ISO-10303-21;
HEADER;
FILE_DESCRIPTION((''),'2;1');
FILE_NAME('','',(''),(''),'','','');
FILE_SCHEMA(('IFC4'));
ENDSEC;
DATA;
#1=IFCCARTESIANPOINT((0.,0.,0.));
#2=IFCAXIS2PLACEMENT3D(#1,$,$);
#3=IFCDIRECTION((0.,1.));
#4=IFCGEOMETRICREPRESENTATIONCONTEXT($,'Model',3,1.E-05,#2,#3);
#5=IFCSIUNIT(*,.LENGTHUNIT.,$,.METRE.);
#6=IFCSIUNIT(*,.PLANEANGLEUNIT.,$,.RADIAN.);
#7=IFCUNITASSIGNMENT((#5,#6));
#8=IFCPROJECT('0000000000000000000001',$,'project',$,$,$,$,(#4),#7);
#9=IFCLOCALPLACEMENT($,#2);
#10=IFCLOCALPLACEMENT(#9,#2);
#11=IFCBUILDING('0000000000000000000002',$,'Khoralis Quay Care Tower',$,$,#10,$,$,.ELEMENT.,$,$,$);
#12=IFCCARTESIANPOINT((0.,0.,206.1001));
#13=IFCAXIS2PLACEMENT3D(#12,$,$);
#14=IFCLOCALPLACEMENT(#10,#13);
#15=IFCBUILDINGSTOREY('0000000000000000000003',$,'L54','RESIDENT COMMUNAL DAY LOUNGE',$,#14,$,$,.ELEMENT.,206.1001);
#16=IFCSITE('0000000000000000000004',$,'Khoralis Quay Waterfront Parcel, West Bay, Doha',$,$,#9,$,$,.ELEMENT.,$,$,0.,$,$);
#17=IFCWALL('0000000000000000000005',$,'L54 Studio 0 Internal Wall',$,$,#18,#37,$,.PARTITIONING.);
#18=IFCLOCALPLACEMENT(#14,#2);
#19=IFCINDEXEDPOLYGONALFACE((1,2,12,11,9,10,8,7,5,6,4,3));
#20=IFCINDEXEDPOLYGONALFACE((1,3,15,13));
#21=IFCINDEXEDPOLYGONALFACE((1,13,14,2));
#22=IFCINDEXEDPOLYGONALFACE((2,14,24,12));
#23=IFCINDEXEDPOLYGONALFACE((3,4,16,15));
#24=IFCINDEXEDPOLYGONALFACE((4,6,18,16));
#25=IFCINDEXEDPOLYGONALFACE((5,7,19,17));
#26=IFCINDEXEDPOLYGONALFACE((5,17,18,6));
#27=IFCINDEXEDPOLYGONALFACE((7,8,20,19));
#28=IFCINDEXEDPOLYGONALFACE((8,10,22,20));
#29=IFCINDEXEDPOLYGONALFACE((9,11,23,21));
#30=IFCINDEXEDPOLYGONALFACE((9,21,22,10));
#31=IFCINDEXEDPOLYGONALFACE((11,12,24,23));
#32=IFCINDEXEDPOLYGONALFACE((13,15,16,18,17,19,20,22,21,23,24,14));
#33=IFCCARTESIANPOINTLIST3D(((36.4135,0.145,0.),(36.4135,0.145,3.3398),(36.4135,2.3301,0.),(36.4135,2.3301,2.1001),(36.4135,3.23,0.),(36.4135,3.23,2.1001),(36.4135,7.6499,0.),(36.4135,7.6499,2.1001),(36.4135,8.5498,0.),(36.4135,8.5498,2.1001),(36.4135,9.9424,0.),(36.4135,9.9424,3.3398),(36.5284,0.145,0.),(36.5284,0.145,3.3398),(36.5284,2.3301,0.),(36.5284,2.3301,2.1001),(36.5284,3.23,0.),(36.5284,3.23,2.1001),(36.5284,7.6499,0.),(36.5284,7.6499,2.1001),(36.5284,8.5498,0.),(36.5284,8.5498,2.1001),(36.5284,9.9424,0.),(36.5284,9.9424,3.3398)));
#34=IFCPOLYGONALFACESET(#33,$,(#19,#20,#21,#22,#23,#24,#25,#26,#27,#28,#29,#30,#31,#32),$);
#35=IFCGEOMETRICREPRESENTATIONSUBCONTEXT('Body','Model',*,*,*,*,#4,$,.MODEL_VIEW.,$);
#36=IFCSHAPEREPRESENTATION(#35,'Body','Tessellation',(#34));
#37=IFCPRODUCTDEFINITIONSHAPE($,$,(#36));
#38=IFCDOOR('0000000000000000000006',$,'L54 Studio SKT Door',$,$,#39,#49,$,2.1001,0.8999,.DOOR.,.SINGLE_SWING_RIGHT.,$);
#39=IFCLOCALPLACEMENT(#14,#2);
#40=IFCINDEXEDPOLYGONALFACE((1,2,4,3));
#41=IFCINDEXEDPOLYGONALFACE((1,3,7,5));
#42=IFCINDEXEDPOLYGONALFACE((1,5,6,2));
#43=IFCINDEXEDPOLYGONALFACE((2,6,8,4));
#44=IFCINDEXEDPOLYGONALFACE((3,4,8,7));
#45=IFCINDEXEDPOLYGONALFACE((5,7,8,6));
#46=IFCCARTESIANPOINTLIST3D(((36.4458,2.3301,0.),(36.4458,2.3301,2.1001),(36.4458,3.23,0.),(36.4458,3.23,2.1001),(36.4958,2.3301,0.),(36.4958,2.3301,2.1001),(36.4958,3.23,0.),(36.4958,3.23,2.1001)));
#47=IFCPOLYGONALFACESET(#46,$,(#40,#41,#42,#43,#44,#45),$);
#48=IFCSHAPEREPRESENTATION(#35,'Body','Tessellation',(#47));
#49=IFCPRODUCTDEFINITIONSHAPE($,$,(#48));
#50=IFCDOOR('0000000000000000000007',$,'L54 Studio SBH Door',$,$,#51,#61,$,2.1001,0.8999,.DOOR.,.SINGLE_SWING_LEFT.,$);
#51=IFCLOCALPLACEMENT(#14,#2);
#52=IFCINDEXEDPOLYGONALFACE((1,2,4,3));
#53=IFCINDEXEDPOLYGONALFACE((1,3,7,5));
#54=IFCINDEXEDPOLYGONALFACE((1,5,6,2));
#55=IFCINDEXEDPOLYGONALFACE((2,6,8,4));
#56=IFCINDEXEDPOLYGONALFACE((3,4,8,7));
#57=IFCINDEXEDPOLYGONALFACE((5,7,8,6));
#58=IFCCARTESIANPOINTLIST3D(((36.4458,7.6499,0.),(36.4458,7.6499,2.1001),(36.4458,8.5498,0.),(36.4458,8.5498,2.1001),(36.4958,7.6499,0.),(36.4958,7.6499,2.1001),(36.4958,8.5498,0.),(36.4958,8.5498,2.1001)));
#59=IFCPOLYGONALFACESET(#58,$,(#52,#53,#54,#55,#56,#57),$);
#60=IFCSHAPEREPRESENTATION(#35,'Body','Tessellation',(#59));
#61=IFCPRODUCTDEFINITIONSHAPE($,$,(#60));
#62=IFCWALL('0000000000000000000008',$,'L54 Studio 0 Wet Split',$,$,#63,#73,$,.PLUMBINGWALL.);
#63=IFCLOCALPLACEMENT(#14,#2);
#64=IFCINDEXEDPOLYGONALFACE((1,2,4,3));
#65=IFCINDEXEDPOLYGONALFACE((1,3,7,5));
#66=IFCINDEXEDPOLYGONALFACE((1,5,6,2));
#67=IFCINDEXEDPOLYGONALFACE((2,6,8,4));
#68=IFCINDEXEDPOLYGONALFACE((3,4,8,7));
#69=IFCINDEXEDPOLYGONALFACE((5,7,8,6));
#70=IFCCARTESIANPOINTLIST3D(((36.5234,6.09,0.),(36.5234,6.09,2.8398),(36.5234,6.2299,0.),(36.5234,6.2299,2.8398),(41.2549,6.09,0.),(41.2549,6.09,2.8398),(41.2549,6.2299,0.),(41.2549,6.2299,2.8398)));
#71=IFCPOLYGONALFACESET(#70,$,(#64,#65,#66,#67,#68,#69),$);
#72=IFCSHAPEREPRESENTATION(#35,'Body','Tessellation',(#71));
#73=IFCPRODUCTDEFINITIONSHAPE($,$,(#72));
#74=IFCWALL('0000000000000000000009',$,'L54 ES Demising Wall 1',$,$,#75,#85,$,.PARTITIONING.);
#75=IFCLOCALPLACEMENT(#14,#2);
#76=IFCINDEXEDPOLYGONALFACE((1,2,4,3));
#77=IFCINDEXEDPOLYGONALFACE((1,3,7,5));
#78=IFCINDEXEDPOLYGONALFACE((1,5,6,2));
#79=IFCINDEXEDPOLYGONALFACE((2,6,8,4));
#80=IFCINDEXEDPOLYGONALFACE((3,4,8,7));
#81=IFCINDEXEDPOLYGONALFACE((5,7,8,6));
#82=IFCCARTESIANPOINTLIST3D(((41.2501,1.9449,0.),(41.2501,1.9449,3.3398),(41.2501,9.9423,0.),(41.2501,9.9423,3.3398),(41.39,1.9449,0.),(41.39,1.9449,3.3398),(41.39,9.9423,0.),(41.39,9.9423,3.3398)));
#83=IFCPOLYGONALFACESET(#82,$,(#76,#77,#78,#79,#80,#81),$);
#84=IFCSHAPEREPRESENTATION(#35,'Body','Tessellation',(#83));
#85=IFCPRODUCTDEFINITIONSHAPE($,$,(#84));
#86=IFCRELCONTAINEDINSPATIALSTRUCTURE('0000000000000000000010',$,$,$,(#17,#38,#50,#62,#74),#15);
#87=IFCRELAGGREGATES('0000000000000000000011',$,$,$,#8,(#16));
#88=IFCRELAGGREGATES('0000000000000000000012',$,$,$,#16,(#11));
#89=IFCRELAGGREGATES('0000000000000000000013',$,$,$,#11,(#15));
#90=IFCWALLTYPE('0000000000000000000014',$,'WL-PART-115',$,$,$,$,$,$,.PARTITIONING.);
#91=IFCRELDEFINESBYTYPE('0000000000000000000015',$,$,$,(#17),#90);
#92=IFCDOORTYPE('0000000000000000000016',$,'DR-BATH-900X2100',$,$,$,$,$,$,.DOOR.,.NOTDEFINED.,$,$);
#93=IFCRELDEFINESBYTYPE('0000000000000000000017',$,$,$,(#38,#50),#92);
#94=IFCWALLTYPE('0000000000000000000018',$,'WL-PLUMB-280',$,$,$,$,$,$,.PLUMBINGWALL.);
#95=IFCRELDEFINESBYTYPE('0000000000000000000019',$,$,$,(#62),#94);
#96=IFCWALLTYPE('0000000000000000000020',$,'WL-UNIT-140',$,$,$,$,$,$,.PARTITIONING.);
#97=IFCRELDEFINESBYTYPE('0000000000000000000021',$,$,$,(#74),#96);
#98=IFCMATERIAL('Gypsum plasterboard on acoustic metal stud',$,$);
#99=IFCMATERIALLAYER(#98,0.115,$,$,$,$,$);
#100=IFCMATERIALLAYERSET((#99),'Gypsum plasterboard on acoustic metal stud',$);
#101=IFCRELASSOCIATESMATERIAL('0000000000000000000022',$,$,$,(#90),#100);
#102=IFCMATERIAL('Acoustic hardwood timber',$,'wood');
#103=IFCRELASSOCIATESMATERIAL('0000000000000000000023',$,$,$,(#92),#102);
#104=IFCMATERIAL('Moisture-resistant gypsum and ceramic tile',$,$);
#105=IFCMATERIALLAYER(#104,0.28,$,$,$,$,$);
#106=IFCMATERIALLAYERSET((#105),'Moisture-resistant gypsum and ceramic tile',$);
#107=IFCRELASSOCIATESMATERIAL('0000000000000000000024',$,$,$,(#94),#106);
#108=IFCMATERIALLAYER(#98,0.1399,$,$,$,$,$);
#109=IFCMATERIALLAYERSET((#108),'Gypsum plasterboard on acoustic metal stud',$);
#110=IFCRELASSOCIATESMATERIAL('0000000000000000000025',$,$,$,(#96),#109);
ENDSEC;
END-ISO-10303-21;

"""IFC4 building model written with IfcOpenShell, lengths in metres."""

from ifc_helpers import new_model, si_unit, direction, frame, frame_2d, origin, place, context, subcontext, project, spatial, rectangle, extrude, source, transform, mapped, material, layer, layer_set, type_object, element, fill, save


model = new_model("IFC4")

# Units and contexts
model_context = context("Model", 3, precision=1e-05, world=origin(), true_north=direction((0.0, 1.0)))
body_context = subcontext(model_context, "Body", "Model", "MODEL_VIEW")
ifc_project = project(units=[si_unit("LENGTHUNIT", "METRE"), si_unit("PLANEANGLEUNIT", "RADIAN")], contexts=[model_context])

# Site, building, storey
site_placement = place(None, origin())
site = spatial("IfcSite", under=ifc_project, at=site_placement, Name="Khoralis Quay Waterfront Parcel, West Bay, Doha", CompositionType="ELEMENT", RefElevation=0.0)
building_placement = place(site_placement, origin())
building = spatial("IfcBuilding", under=site, at=building_placement, Name="Khoralis Quay Care Tower", CompositionType="ELEMENT")
storey_placement = place(building_placement, frame((0.0, 0.0, 206.1001)))
storey = spatial("IfcBuildingStorey", under=building, at=storey_placement, Name="L54", Description="RESIDENT COMMUNAL DAY LOUNGE", CompositionType="ELEMENT", Elevation=206.1001)

# Shared definitions
ifc_material_1 = material(Name="Gypsum plasterboard on acoustic metal stud")

# Wall, openings, doors
ifc_layer_1 = layer(ifc_material_1, 0.115)
ifc_layer_set_1 = layer_set([ifc_layer_1], Name="Gypsum plasterboard on acoustic metal stud")
wall_type_1 = type_object("IfcWallType", Name="WL-PART-115", PredefinedType="PARTITIONING", material=ifc_layer_set_1)
wall_1_placement = place(storey_placement, frame((36.4709, 0.145, 0.0), z_axis=(0.0, 0.0, 1.0), x_axis=(0.0, 1.0, 0.0)))
wall_1 = element("IfcWall", 1, at=wall_1_placement, inside=storey, type_object=wall_type_1, Name="L54 Studio 0 Internal Wall", PredefinedType="PARTITIONING", context=body_context, shape_type="SweptSolid", body=[
    extrude(rectangle(XDim=9.7974, YDim=0.115, at=frame_2d((4.8987, 0.0))), origin(), (0.0, 0.0, 1.0), 3.3398),
])
opening_1_placement = place(wall_1_placement, frame((2.1851, 0.0, 0.0)))
opening_1 = element("IfcOpeningElement", 2, at=opening_1_placement, cuts=wall_1, PredefinedType="OPENING", context=body_context, shape_type="SweptSolid", body=[
    extrude(rectangle(XDim=0.8999, YDim=2.1001, at=frame_2d((0.45, 1.05))), frame((0.0, 0.0674, 0.0), z_axis=(0.0, -1.0, 0.0), x_axis=(1.0, 0.0, 0.0)), (0.0, 0.0, 1.0), 0.135),
])
opening_2_placement = place(wall_1_placement, frame((7.5049, 0.0, 0.0)))
opening_2 = element("IfcOpeningElement", 3, at=opening_2_placement, cuts=wall_1, PredefinedType="OPENING", context=body_context, shape_type="SweptSolid", body=[
    extrude(rectangle(XDim=0.8999, YDim=2.1001, at=frame_2d((0.45, 1.05))), frame((0.0, 0.0674, 0.0), z_axis=(0.0, -1.0, 0.0), x_axis=(1.0, 0.0, 0.0)), (0.0, 0.0, 1.0), 0.135),
])
ifc_material_2 = material(Name="Acoustic hardwood timber", Category="wood")
door_type_1 = type_object("IfcDoorType", Name="DR-BATH-900X2100", OperationType="NOTDEFINED", PredefinedType="DOOR", material=ifc_material_2)
shared_shape_1 = source(origin(), body_context, "Body", "SweptSolid", [
    extrude(rectangle(XDim=0.8999, YDim=2.1001, at=frame_2d((0.45, 1.05))), frame((0.0, 0.0249, 0.0), z_axis=(0.0, -1.0, 0.0), x_axis=(1.0, 0.0, 0.0)), (0.0, 0.0, 1.0), 0.05),
])
door_1_placement = place(opening_1_placement, frame((0.8999, 0.0, 0.0), z_axis=(0.0, 0.0, 1.0), x_axis=(-1.0, 0.0, 0.0)))
door_1 = element("IfcDoor", 4, at=door_1_placement, inside=storey, type_object=door_type_1, Name="L54 Studio SKT Door", OperationType="SINGLE_SWING_RIGHT", OverallHeight=2.1001, OverallWidth=0.8999, PredefinedType="DOOR", context=body_context, shape_type="MappedRepresentation", body=[
    mapped(shared_shape_1, transform((0.0, 0.0, 0.0), scale=1.0)),
])
fill(opening_1, door_1)
door_2_placement = place(opening_2_placement, frame((0.8999, 0.0, 0.0), z_axis=(0.0, 0.0, 1.0), x_axis=(-1.0, 0.0, 0.0)))
door_2 = element("IfcDoor", 5, at=door_2_placement, inside=storey, type_object=door_type_1, Name="L54 Studio SBH Door", OperationType="SINGLE_SWING_LEFT", OverallHeight=2.1001, OverallWidth=0.8999, PredefinedType="DOOR", context=body_context, shape_type="MappedRepresentation", body=[
    mapped(shared_shape_1, transform((0.0, 0.0, 0.0), scale=1.0)),
])
fill(opening_2, door_2)

# Walls
ifc_material_3 = material(Name="Moisture-resistant gypsum and ceramic tile")
ifc_layer_2 = layer(ifc_material_3, 0.28)
ifc_layer_set_2 = layer_set([ifc_layer_2], Name="Moisture-resistant gypsum and ceramic tile")
wall_type_2 = type_object("IfcWallType", Name="WL-PLUMB-280", PredefinedType="PLUMBINGWALL", material=ifc_layer_set_2)
wall_2_placement = place(storey_placement, frame((36.5234, 6.1599, 0.0), z_axis=(0.0, 0.0, 1.0), x_axis=(1.0, 0.0, 0.0)))
element("IfcWall", 6, at=wall_2_placement, inside=storey, type_object=wall_type_2, Name="L54 Studio 0 Wet Split", PredefinedType="PLUMBINGWALL", context=body_context, shape_type="SweptSolid", body=[
    extrude(rectangle(XDim=4.7314, YDim=0.1399, at=frame_2d((2.3657, 0.0))), origin(), (0.0, 0.0, 1.0), 2.8398),
])
ifc_layer_3 = layer(ifc_material_1, 0.1399)
ifc_layer_set_3 = layer_set([ifc_layer_3], Name="Gypsum plasterboard on acoustic metal stud")
wall_type_3 = type_object("IfcWallType", Name="WL-UNIT-140", PredefinedType="PARTITIONING", material=ifc_layer_set_3)
wall_3_placement = place(storey_placement, frame((41.3201, 1.9451, 0.0), z_axis=(0.0, 0.0, 1.0), x_axis=(0.0, 1.0, 0.0)))
element("IfcWall", 7, at=wall_3_placement, inside=storey, type_object=wall_type_3, Name="L54 ES Demising Wall 1", PredefinedType="PARTITIONING", context=body_context, shape_type="SweptSolid", body=[
    extrude(rectangle(XDim=7.9973, YDim=0.1399, at=frame_2d((3.9985, 0.0))), origin(), (0.0, 0.0, 1.0), 3.3398),
])

save(model, "model.ifc")
